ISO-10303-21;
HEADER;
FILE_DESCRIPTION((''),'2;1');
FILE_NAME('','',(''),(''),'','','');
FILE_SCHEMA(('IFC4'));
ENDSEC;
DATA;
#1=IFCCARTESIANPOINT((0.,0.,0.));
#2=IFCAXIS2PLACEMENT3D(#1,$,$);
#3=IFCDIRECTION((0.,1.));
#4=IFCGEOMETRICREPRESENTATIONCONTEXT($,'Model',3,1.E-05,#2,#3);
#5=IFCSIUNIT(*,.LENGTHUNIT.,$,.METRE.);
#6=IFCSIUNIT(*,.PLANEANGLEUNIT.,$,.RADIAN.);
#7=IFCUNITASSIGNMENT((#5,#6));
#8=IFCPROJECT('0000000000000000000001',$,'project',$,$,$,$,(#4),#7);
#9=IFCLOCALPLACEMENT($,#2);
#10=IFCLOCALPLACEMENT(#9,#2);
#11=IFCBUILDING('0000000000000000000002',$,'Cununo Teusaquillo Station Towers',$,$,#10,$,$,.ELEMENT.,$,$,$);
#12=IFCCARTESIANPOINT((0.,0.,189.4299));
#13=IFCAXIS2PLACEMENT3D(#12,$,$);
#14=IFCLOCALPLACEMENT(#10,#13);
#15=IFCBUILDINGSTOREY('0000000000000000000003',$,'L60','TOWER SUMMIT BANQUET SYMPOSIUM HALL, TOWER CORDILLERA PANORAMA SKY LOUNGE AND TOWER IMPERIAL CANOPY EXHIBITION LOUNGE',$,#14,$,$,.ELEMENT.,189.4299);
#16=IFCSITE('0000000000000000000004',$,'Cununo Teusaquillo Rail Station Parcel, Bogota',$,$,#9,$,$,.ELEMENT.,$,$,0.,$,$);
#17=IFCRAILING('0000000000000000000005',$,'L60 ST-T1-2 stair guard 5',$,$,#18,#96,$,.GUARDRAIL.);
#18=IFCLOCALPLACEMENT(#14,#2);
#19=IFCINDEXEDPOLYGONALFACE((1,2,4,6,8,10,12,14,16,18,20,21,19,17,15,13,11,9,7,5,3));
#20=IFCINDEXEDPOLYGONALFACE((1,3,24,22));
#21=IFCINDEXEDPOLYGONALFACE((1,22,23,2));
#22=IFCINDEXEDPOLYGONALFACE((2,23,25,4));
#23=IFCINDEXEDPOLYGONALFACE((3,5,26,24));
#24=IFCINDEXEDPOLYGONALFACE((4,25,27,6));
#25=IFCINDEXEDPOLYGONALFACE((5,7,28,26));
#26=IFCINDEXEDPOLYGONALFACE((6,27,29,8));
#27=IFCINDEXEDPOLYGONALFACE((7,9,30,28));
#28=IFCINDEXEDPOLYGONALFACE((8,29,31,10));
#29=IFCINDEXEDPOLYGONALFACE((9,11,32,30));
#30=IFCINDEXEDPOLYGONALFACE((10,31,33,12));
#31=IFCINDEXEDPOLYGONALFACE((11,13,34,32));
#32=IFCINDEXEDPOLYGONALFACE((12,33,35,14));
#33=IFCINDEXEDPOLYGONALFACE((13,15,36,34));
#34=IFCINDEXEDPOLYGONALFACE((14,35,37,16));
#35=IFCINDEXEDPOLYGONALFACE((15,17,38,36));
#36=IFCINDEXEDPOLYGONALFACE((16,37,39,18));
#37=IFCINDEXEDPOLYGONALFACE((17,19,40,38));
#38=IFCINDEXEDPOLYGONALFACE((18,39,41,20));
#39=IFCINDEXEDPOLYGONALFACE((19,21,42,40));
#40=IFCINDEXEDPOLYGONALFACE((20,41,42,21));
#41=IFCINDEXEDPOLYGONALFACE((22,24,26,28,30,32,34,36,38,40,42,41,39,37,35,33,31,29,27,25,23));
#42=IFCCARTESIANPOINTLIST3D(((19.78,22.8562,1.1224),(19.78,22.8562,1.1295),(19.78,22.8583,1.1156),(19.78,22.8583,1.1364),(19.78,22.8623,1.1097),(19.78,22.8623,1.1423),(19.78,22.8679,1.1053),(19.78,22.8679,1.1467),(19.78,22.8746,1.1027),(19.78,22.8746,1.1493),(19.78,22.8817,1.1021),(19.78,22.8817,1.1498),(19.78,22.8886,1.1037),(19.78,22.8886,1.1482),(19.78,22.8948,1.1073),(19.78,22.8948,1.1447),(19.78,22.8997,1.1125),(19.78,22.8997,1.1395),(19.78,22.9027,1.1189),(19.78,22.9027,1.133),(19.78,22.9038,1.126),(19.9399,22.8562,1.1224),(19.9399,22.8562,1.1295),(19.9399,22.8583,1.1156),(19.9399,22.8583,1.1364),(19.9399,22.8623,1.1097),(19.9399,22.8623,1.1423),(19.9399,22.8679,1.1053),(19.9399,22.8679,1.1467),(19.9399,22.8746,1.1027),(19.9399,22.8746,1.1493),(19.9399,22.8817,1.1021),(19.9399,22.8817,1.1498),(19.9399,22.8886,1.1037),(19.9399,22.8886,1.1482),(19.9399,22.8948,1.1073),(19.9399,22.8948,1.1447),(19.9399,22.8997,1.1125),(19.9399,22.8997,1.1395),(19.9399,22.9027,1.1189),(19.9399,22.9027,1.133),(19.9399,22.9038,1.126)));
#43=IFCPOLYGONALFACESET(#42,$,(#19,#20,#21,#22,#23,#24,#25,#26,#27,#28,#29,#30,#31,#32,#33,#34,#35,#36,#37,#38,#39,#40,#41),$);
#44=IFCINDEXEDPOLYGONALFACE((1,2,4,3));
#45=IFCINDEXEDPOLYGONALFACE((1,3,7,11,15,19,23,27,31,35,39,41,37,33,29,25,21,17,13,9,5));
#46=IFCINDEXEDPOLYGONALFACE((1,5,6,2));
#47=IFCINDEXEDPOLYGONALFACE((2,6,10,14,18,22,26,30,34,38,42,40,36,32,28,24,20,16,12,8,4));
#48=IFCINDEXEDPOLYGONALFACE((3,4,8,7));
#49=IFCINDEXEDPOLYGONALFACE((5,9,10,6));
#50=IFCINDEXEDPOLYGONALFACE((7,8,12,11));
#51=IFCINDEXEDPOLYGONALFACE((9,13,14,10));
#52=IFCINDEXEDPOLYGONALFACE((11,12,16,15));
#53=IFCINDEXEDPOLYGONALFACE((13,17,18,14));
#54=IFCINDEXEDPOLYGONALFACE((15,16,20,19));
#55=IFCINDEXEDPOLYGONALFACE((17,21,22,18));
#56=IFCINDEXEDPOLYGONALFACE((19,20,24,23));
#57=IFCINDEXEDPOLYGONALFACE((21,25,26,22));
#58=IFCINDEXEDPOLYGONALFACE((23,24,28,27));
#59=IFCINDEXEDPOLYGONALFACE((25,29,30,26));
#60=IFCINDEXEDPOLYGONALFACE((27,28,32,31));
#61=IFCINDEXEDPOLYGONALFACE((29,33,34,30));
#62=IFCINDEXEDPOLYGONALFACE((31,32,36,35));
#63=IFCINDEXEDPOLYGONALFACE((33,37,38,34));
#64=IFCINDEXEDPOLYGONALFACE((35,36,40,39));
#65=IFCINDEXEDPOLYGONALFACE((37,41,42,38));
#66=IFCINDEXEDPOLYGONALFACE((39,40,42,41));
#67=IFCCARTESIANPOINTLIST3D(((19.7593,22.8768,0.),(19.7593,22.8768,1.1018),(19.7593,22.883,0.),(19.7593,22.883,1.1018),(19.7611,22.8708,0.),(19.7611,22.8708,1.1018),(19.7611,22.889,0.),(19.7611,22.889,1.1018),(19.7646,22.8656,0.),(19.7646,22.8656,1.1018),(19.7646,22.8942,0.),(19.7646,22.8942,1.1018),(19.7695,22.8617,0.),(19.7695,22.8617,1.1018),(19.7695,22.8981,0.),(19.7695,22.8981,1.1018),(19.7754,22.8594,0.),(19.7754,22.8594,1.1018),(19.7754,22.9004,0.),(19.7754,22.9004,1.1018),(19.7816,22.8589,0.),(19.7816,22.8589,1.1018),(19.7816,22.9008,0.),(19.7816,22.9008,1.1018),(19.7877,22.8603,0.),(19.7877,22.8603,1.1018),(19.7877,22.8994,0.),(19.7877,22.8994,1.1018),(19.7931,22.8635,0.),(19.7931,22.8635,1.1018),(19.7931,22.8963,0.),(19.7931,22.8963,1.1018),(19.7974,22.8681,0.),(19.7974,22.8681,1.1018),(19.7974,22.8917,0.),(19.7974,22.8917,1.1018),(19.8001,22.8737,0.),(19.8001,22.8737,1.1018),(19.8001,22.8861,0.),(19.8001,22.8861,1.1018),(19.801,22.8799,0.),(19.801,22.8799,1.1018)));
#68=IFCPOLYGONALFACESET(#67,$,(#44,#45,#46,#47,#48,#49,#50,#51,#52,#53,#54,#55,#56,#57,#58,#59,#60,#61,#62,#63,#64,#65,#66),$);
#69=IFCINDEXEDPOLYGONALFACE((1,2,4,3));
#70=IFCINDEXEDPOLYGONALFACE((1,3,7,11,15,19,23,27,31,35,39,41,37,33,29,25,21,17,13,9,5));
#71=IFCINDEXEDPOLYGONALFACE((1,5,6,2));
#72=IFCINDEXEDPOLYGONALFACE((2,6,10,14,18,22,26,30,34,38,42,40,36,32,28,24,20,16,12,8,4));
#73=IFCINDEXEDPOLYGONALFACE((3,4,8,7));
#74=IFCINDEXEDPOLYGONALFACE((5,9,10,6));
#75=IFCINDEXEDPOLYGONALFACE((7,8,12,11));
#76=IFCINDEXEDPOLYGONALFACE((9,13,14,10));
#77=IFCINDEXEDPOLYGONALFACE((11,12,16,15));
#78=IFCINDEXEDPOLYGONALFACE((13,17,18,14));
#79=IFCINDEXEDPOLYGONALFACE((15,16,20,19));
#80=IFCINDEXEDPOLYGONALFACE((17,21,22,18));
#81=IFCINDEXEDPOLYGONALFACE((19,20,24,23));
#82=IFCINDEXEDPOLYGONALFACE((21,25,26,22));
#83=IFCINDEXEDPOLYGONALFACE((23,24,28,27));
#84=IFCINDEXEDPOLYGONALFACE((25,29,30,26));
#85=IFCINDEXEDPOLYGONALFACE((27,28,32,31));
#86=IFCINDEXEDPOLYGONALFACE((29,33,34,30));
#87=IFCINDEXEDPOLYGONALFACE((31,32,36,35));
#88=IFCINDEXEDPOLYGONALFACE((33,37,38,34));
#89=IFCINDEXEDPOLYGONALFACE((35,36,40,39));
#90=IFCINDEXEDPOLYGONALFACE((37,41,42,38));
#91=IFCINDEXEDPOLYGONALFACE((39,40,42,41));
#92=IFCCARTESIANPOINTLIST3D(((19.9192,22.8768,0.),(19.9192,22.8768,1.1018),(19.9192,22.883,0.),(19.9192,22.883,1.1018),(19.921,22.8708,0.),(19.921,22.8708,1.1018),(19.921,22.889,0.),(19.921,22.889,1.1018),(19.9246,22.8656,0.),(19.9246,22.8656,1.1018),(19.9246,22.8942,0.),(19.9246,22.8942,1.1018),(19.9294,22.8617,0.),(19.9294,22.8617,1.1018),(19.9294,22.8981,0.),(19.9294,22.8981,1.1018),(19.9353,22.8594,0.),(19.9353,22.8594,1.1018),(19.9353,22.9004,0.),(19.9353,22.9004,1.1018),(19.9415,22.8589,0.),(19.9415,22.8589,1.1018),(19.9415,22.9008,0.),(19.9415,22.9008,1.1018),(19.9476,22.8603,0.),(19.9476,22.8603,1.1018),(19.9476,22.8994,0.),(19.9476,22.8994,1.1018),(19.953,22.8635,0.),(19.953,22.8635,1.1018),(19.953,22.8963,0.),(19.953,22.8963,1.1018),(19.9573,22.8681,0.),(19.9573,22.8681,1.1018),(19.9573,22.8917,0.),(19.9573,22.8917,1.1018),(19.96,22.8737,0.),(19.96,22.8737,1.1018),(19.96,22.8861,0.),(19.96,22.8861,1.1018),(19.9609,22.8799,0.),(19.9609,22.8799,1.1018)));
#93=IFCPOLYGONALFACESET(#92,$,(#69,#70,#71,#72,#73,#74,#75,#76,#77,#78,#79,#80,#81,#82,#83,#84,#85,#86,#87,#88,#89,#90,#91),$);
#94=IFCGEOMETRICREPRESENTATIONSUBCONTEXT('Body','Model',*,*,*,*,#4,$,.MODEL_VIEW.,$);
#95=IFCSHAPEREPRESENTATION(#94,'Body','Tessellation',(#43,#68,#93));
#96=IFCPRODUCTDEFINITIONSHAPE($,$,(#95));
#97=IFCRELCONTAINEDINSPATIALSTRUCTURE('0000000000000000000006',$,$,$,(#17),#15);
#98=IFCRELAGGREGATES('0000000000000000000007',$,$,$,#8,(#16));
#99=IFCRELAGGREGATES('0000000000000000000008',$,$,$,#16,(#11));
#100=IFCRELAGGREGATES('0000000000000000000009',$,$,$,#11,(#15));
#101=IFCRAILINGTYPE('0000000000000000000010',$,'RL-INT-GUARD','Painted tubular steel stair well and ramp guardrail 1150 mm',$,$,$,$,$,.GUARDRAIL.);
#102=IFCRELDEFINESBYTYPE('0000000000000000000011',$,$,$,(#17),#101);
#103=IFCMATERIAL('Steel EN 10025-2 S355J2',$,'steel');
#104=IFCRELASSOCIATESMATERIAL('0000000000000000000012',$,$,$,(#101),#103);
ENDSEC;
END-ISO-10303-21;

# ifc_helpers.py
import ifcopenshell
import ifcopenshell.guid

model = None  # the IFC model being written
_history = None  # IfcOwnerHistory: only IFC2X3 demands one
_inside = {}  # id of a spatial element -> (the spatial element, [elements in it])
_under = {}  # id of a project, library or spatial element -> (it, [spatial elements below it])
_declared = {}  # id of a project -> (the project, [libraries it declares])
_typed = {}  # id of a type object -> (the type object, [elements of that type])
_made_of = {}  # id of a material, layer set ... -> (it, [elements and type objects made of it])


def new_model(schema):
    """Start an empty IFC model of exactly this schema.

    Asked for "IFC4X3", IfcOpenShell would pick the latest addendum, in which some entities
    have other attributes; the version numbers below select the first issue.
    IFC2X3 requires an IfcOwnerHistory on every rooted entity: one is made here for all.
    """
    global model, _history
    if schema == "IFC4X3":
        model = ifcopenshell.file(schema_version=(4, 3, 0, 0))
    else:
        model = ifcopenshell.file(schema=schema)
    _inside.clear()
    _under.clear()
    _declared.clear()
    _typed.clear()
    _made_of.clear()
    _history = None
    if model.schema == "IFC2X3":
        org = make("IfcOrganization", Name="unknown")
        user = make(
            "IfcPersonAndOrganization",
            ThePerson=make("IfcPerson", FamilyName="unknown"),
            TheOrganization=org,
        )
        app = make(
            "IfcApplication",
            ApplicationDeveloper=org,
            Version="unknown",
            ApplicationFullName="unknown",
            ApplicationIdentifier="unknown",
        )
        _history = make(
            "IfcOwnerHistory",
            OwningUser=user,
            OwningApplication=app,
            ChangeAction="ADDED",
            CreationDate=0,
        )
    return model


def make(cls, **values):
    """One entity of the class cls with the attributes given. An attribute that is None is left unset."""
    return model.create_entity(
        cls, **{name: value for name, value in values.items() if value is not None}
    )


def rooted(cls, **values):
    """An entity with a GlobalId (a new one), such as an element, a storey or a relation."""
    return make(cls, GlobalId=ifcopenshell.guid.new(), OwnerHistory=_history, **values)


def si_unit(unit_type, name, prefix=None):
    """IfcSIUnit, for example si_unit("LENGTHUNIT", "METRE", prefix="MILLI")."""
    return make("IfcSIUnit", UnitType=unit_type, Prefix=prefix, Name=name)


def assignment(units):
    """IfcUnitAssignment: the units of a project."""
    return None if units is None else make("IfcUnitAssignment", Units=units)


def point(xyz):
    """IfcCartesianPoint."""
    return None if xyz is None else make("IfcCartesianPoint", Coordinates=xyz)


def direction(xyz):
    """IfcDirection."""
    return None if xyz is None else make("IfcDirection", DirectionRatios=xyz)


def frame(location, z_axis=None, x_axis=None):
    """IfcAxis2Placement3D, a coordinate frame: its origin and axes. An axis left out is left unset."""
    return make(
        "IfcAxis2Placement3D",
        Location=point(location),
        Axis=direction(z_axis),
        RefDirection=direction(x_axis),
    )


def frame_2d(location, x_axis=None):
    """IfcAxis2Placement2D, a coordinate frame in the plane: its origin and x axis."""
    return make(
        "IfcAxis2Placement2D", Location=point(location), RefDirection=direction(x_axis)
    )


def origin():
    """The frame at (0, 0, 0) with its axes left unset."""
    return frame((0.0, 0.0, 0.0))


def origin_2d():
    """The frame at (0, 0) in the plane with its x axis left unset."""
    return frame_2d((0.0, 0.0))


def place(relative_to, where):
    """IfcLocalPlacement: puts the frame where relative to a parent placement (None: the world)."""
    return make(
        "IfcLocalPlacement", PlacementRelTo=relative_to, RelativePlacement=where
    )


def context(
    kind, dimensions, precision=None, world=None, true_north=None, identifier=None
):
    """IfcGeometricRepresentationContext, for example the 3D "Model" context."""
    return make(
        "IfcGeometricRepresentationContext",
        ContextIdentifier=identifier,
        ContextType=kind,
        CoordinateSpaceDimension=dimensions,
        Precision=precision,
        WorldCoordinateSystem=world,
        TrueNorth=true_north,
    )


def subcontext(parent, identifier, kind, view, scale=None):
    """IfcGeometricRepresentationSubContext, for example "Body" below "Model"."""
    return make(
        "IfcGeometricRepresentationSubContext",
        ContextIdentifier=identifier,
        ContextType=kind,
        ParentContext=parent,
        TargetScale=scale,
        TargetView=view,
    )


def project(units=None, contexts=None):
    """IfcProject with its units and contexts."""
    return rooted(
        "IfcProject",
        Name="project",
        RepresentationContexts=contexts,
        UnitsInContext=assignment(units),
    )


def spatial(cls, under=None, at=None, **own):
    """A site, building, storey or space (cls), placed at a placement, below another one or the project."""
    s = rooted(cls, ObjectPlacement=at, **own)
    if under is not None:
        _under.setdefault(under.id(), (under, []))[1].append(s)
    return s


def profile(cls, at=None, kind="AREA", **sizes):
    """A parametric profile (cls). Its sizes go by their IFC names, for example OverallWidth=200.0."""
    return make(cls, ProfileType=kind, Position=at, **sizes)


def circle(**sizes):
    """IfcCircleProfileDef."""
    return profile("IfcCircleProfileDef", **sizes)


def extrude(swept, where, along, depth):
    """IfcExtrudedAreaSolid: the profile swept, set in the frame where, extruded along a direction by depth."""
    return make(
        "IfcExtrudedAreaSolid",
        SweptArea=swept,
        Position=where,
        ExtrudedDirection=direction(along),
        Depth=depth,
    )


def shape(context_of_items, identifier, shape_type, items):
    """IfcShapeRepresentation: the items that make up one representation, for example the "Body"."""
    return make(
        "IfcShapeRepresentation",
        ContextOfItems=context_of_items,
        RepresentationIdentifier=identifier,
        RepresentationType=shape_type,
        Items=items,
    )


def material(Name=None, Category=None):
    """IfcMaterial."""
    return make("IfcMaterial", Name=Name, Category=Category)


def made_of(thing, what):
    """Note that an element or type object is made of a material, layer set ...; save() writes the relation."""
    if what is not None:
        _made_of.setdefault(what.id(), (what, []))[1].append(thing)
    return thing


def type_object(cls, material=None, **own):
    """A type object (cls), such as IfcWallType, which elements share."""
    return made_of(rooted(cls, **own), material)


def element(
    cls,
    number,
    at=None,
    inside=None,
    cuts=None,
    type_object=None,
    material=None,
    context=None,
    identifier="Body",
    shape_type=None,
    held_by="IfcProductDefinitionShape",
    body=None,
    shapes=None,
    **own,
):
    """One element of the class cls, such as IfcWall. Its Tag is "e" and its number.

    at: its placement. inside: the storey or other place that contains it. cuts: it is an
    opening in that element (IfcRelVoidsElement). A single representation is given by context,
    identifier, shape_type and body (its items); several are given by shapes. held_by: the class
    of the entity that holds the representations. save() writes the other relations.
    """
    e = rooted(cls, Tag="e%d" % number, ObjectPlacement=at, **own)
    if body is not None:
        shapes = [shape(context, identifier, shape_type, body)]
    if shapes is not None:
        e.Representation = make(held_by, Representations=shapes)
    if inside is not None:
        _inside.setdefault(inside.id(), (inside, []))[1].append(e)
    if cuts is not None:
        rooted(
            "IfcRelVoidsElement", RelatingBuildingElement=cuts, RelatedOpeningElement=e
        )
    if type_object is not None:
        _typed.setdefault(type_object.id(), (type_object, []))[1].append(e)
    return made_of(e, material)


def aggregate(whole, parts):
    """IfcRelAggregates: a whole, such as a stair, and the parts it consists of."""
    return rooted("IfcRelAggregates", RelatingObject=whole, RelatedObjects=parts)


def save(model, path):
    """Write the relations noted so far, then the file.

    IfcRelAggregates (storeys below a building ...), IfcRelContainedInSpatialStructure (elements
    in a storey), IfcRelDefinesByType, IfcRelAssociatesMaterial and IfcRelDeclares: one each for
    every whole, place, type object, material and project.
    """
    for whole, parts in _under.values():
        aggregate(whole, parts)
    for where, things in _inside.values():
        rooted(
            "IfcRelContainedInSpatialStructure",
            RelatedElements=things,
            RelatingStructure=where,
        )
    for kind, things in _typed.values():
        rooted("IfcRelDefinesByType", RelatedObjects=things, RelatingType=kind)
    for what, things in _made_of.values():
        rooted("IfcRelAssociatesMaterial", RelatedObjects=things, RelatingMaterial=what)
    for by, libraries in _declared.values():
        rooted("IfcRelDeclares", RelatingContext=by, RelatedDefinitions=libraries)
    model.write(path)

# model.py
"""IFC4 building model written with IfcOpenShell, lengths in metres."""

from ifc_helpers import new_model, si_unit, direction, frame, origin, origin_2d, place, context, subcontext, project, spatial, circle, extrude, material, type_object, element, save


model = new_model("IFC4")

# Units and contexts
model_context = context("Model", 3, precision=1e-05, world=origin(), true_north=direction((0.0, 1.0)))
body_context = subcontext(model_context, "Body", "Model", "MODEL_VIEW")
ifc_project = project(units=[si_unit("LENGTHUNIT", "METRE"), si_unit("PLANEANGLEUNIT", "RADIAN")], contexts=[model_context])

# Site, building, storey
site_placement = place(None, origin())
site = spatial("IfcSite", under=ifc_project, at=site_placement, Name="Cununo Teusaquillo Rail Station Parcel, Bogota", CompositionType="ELEMENT", RefElevation=0.0)
building_placement = place(site_placement, origin())
building = spatial("IfcBuilding", under=site, at=building_placement, Name="Cununo Teusaquillo Station Towers", CompositionType="ELEMENT")
storey_placement = place(building_placement, frame((0.0, 0.0, 189.4299)))
storey = spatial("IfcBuildingStorey", under=building, at=storey_placement, Name="L60", Description="TOWER SUMMIT BANQUET SYMPOSIUM HALL, TOWER CORDILLERA PANORAMA SKY LOUNGE AND TOWER IMPERIAL CANOPY EXHIBITION LOUNGE", CompositionType="ELEMENT", Elevation=189.4299)

# Railing
ifc_material_1 = material(Name="Steel EN 10025-2 S355J2", Category="steel")
railing_type_1 = type_object("IfcRailingType", Name="RL-INT-GUARD", Description="Painted tubular steel stair well and ramp guardrail 1150 mm", PredefinedType="GUARDRAIL", material=ifc_material_1)
railing_1_placement = place(storey_placement, frame((19.78, 22.8799, 0.0)))
element("IfcRailing", 1, at=railing_1_placement, inside=storey, type_object=railing_type_1, Name="L60 ST-T1-2 stair guard 5", PredefinedType="GUARDRAIL", context=body_context, shape_type="SweptSolid", body=[
    extrude(circle(Radius=0.0239, at=origin_2d()), frame((0.0, 0.0, 1.126), z_axis=(1.0, 0.0, 0.0), x_axis=(0.0, 1.0, 0.0)), (0.0, 0.0, 1.0), 0.1599),
    extrude(circle(Radius=0.021, at=origin_2d()), origin(), (0.0, 0.0, 1.0), 1.1018),
    extrude(circle(Radius=0.021, at=origin_2d()), frame((0.1599, 0.0, 0.0)), (0.0, 0.0, 1.0), 1.1018),
])

save(model, "model.ifc")
